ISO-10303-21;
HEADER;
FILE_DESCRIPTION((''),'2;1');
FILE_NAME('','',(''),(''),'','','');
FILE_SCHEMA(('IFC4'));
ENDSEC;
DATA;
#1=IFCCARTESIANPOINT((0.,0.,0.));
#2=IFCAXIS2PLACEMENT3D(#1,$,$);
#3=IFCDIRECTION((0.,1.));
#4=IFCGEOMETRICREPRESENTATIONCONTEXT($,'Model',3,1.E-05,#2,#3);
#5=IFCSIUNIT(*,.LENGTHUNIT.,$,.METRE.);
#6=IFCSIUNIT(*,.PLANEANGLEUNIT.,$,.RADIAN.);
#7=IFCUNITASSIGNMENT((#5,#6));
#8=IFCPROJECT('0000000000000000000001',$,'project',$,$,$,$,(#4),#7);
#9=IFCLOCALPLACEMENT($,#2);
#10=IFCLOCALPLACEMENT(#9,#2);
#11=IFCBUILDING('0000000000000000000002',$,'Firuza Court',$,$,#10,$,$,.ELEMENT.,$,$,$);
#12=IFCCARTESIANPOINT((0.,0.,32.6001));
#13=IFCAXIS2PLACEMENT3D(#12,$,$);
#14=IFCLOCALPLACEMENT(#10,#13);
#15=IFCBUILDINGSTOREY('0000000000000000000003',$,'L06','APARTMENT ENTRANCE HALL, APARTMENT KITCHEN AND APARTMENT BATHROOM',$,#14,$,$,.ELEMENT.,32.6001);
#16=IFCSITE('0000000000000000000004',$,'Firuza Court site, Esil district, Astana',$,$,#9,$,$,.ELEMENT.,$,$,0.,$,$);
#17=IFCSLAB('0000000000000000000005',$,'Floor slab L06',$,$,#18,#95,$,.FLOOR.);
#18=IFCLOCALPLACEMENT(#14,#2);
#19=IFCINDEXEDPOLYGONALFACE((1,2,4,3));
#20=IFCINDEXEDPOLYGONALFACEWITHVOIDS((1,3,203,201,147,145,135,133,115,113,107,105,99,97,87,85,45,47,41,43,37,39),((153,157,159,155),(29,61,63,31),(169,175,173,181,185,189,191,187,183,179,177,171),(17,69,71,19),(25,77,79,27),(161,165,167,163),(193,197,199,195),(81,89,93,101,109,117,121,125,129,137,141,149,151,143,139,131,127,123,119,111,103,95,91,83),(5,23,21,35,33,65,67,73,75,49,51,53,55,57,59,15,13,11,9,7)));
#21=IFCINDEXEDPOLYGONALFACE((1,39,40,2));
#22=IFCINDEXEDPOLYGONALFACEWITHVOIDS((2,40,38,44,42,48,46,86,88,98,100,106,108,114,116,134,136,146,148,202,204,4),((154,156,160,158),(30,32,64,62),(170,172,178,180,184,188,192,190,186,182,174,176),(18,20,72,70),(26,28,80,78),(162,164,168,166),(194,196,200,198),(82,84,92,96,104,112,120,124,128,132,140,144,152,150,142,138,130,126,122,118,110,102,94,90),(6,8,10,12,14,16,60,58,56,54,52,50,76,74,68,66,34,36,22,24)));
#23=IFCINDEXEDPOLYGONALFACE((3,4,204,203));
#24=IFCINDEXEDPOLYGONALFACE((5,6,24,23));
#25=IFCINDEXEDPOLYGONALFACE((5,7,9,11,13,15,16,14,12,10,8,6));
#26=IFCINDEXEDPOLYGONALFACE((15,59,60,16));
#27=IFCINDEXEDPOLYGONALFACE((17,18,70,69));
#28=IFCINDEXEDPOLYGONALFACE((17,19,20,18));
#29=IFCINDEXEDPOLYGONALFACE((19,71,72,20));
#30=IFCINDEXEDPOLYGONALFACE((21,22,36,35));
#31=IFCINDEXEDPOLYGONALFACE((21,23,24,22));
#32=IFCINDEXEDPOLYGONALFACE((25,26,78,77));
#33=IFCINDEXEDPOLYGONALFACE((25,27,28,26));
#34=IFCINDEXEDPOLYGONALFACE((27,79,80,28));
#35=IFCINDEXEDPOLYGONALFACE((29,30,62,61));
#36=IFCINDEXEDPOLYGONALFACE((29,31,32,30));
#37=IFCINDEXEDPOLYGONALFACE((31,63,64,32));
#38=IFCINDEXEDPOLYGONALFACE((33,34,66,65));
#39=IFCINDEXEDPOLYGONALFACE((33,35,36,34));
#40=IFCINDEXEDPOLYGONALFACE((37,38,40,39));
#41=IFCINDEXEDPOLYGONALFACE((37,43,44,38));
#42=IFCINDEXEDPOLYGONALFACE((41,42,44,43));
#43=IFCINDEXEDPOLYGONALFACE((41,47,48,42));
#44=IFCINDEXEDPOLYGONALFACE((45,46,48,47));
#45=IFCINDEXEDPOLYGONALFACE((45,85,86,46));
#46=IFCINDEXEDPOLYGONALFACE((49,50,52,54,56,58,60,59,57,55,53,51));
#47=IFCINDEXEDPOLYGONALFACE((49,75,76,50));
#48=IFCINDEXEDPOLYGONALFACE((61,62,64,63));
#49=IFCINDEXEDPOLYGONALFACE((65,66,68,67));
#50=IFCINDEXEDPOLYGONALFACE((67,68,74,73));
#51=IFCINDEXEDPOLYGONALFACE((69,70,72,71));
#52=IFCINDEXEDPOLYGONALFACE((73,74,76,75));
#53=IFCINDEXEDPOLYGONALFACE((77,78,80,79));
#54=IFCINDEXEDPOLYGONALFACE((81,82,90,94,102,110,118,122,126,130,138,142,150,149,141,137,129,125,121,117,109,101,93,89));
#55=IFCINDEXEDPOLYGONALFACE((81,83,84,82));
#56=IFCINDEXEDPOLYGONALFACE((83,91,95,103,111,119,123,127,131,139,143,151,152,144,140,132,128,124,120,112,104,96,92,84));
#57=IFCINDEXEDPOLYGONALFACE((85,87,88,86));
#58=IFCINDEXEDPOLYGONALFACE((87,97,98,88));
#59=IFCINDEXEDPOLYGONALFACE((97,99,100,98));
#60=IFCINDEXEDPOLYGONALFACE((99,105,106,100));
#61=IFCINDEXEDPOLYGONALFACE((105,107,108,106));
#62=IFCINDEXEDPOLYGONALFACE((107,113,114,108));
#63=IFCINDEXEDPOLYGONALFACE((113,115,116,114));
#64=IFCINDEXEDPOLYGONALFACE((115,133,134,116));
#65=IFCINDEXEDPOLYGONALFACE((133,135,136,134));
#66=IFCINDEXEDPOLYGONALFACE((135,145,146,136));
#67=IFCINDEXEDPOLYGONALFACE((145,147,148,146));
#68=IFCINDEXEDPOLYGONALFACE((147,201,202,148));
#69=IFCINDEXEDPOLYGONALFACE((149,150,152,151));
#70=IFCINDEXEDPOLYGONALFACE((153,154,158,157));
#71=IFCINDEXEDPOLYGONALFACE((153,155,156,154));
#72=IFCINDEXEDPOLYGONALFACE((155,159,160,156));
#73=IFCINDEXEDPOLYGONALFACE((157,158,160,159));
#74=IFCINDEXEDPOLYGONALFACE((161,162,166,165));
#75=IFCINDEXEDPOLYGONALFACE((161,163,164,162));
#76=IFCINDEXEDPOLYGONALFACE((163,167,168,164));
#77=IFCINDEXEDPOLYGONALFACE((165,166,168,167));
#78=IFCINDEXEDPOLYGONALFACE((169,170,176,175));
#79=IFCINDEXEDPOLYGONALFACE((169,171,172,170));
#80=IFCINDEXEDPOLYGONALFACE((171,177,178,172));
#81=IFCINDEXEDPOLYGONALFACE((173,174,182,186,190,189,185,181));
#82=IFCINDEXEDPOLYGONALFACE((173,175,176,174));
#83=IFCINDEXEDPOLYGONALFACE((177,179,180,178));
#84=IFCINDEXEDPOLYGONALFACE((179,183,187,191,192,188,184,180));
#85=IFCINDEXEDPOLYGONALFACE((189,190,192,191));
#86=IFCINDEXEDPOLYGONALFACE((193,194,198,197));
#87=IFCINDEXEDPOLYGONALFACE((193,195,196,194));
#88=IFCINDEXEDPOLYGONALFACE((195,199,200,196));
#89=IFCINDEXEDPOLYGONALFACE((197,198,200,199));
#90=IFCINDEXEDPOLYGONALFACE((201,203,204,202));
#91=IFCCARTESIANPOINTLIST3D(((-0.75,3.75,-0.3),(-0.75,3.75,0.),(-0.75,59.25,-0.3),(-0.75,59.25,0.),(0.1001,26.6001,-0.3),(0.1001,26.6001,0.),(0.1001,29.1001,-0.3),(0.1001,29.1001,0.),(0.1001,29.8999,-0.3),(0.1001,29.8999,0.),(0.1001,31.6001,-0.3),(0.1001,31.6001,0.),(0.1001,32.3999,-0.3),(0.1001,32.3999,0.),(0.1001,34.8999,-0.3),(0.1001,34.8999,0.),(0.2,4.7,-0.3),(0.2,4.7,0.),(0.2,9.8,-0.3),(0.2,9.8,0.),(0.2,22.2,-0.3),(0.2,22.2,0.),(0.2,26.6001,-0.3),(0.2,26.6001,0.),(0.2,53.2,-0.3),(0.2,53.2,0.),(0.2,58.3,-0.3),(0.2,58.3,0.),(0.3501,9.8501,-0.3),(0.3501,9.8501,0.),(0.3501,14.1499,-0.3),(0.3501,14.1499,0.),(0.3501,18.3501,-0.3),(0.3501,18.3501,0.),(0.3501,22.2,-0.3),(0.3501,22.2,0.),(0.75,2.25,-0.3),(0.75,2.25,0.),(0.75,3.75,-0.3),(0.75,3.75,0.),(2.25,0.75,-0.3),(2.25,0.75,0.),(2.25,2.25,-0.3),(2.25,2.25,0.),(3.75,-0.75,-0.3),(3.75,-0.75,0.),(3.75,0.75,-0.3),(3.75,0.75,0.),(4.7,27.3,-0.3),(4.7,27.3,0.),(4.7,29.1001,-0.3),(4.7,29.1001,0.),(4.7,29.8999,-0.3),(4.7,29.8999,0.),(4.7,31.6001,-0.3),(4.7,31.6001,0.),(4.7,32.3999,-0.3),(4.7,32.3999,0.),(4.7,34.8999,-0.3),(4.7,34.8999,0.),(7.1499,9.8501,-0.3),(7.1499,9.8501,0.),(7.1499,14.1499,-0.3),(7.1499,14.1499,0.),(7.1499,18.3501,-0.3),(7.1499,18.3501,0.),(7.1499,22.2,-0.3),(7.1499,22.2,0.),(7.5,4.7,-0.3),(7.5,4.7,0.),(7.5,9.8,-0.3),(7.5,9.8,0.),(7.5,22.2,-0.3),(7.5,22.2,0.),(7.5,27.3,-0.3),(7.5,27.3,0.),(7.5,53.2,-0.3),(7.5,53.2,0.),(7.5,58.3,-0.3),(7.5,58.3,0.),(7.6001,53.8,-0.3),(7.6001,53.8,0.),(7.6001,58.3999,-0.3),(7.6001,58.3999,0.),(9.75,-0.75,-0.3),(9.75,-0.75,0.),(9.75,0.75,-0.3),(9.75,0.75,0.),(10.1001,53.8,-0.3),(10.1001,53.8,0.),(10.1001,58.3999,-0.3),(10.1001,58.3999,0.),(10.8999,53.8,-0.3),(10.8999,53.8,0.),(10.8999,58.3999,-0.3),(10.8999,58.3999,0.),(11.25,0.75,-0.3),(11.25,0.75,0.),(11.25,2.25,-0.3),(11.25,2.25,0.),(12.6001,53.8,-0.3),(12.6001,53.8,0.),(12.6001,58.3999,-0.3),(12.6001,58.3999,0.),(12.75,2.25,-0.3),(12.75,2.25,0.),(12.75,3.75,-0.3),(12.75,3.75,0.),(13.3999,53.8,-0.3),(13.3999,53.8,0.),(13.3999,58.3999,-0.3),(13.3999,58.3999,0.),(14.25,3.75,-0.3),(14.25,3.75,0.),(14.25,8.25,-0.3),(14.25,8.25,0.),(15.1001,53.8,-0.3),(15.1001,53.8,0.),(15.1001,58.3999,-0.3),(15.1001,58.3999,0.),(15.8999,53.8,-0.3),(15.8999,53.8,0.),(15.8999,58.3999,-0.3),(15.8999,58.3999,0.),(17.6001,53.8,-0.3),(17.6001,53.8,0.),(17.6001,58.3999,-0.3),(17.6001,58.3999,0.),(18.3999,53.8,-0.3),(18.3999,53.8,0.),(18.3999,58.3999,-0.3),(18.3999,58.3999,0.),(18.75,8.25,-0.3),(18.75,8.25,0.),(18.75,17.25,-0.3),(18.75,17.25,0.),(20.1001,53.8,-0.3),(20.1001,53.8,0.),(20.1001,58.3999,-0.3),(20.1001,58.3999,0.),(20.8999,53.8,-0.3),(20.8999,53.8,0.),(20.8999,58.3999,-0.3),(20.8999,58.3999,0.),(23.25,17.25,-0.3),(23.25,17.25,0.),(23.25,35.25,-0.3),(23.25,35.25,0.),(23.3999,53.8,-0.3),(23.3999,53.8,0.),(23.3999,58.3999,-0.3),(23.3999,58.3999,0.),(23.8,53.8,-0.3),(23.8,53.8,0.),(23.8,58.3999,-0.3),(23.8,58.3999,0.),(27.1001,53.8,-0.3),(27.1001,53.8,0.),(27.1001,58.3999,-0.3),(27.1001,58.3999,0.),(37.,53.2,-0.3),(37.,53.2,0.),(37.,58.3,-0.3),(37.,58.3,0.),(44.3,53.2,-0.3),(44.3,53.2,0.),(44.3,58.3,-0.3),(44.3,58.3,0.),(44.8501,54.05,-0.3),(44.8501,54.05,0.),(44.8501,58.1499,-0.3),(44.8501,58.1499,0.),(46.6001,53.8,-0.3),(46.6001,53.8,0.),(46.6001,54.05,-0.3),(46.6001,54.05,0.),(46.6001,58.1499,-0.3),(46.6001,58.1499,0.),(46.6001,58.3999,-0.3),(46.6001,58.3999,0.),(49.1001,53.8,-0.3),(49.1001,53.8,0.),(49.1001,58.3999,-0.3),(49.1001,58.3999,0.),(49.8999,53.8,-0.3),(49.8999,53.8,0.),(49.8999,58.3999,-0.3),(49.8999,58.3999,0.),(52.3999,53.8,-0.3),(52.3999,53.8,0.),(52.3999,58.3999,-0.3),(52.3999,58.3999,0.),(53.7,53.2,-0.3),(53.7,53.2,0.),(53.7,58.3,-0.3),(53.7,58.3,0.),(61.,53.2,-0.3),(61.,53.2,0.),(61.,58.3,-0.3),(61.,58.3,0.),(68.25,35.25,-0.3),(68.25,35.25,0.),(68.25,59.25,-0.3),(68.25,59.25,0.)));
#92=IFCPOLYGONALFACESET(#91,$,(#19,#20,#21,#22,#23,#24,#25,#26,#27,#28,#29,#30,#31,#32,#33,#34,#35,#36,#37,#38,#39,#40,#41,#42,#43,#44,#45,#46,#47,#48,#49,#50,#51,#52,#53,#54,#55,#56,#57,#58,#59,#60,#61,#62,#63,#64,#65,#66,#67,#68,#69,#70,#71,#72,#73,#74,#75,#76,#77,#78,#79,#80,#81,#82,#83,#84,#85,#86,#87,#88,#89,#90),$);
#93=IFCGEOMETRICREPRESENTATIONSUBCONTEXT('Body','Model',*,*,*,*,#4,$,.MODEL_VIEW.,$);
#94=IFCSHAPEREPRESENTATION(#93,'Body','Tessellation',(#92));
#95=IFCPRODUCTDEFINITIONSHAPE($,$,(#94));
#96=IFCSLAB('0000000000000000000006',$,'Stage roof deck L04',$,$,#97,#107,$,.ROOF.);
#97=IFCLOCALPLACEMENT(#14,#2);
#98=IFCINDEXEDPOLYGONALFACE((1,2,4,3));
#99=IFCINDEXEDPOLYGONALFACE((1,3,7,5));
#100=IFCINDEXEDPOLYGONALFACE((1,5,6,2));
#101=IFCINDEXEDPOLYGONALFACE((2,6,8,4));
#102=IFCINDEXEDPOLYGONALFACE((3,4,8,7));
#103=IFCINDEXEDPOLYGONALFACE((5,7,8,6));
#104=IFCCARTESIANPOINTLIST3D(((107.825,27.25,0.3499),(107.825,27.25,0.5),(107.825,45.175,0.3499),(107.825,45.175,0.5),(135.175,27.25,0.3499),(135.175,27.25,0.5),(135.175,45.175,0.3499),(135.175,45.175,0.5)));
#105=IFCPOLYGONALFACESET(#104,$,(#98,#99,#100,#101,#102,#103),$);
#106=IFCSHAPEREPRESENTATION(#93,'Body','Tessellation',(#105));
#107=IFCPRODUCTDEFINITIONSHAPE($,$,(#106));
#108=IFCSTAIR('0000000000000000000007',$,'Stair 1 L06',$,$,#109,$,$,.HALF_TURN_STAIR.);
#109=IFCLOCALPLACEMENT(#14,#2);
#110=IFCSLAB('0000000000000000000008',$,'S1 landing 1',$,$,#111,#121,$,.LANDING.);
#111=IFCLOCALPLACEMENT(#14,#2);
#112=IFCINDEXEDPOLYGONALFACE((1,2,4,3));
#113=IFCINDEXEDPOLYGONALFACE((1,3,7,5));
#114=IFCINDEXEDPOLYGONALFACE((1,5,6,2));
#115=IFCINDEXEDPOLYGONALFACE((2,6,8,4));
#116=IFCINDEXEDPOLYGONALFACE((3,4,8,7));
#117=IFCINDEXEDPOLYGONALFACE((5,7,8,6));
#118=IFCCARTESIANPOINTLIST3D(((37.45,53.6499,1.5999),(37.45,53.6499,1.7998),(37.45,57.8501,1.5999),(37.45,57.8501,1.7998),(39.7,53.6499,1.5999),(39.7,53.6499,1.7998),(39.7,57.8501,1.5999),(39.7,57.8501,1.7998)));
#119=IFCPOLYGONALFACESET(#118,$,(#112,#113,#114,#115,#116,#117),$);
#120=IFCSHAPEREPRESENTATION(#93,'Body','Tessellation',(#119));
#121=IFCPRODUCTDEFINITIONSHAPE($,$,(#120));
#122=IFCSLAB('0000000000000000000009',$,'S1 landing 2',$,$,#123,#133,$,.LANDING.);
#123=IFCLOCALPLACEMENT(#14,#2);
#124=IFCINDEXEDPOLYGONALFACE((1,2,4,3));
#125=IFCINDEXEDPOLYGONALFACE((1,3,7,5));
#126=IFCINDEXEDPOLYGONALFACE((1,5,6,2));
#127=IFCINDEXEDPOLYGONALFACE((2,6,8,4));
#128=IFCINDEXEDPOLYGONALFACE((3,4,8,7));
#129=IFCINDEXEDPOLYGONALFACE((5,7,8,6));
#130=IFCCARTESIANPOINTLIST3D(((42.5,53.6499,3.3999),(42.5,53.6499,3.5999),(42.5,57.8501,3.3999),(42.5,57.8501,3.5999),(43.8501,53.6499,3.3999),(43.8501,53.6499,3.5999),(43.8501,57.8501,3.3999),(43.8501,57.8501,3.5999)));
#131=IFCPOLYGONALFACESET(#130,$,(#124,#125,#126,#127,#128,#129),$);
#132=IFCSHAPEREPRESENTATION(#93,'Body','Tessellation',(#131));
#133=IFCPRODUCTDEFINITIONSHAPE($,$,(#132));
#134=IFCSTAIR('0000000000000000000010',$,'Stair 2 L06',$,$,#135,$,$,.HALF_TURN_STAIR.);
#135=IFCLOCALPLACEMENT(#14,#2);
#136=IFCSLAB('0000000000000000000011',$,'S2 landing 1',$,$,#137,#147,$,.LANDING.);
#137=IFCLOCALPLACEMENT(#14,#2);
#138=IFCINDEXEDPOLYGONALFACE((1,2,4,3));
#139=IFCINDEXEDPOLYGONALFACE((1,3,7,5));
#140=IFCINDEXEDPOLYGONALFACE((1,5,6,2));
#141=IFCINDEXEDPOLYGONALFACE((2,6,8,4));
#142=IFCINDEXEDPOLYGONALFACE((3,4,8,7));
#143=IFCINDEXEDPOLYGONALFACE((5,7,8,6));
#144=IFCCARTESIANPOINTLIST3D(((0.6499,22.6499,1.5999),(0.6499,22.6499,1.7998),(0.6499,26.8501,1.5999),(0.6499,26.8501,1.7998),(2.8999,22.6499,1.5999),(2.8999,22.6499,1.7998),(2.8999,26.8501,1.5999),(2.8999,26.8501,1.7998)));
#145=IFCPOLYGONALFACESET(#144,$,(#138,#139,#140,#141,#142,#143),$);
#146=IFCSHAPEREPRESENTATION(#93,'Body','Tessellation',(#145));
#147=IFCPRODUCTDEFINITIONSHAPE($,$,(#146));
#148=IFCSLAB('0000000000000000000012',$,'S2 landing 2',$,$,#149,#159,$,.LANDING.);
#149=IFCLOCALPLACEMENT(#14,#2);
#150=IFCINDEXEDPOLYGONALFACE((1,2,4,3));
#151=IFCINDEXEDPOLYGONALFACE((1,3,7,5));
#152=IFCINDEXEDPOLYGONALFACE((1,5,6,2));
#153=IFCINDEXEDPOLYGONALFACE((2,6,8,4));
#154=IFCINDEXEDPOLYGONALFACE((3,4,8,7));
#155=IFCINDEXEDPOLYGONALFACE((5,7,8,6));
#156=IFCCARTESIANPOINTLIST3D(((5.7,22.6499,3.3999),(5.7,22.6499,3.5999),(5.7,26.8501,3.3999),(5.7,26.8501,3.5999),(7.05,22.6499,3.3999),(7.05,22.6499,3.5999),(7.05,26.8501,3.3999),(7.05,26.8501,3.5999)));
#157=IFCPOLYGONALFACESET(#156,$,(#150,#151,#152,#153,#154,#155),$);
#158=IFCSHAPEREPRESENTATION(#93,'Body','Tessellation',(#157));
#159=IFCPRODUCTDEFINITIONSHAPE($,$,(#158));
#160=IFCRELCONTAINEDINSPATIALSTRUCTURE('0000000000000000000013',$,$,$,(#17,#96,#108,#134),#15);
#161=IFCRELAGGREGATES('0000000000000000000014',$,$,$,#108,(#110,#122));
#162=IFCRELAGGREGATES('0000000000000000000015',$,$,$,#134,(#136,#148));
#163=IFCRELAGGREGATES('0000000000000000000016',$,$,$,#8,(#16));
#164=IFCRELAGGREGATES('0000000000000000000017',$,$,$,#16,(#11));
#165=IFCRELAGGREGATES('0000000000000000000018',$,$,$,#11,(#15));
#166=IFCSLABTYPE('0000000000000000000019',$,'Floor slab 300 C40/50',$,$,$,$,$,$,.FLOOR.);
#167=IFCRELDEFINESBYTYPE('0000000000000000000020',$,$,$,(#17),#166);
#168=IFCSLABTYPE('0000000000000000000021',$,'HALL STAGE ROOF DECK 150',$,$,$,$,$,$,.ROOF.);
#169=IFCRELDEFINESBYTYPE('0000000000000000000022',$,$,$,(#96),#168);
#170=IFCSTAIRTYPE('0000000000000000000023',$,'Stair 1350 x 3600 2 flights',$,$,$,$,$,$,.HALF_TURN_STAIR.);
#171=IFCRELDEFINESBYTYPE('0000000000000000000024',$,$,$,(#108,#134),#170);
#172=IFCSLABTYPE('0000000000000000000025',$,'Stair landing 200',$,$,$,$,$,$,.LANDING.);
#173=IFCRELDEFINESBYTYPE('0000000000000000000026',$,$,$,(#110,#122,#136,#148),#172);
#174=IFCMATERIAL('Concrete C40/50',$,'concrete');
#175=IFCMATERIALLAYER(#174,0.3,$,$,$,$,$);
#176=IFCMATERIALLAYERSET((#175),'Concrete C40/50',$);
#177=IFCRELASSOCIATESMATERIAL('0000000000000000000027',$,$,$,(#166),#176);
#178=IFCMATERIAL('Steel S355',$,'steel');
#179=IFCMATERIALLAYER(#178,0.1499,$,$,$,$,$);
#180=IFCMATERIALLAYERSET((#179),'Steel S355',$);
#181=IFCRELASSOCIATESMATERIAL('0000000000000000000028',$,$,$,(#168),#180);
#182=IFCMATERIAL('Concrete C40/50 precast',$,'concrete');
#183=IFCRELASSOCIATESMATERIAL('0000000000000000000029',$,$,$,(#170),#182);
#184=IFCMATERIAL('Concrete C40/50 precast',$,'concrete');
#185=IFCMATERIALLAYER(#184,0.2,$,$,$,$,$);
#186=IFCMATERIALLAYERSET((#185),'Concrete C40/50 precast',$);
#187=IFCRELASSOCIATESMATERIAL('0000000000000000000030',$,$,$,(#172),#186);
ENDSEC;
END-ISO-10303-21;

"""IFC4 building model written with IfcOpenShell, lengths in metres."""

from ifc_helpers import new_model, si_unit, direction, frame, origin, place, context, subcontext, project, spatial, polyline, outline, extrude, material, layer, layer_set, type_object, element, aggregate, save


model = new_model("IFC4")

# Units and contexts
model_context = context("Model", 3, precision=1e-05, world=origin(), true_north=direction((0.0, 1.0)))
body_context = subcontext(model_context, "Body", "Model", "MODEL_VIEW")
ifc_project = project(units=[si_unit("LENGTHUNIT", "METRE"), si_unit("PLANEANGLEUNIT", "RADIAN")], contexts=[model_context])

# Site, building, storey
site_placement = place(None, origin())
site = spatial("IfcSite", under=ifc_project, at=site_placement, Name="Firuza Court site, Esil district, Astana", CompositionType="ELEMENT", RefElevation=0.0)
building_placement = place(site_placement, origin())
building = spatial("IfcBuilding", under=site, at=building_placement, Name="Firuza Court", CompositionType="ELEMENT")
storey_placement = place(building_placement, frame((0.0, 0.0, 32.6001)))
storey = spatial("IfcBuildingStorey", under=building, at=storey_placement, Name="L06", Description="APARTMENT ENTRANCE HALL, APARTMENT KITCHEN AND APARTMENT BATHROOM", CompositionType="ELEMENT", Elevation=32.6001)

# Slabs
ifc_material_1 = material(Name="Concrete C40/50", Category="concrete")
ifc_layer_1 = layer(ifc_material_1, 0.3)
ifc_layer_set_1 = layer_set([ifc_layer_1], Name="Concrete C40/50")
slab_type_1 = type_object("IfcSlabType", Name="Floor slab 300 C40/50", PredefinedType="FLOOR", material=ifc_layer_set_1)
slab_1_placement = place(storey_placement, frame((0.0, 0.0, -0.3)))
element("IfcSlab", 1, at=slab_1_placement, inside=storey, type_object=slab_type_1, Name="Floor slab L06", PredefinedType="FLOOR", context=body_context, shape_type="SweptSolid", body=[
    extrude(outline(polyline([(3.75, -0.75), (3.75, 0.75), (2.25, 0.75), (2.25, 2.25), (0.75, 2.25), (0.75, 3.75), (-0.75, 3.75), (-0.75, 59.25), (68.25, 59.25), (68.25, 35.25), (23.25, 35.25), (23.25, 17.25), (18.75, 17.25), (18.75, 8.25), (14.25, 8.25), (14.25, 3.75), (12.75, 3.75), (12.75, 2.25), (11.25, 2.25), (11.25, 0.75), (9.75, 0.75), (9.75, -0.75), (3.75, -0.75)]), holes=[polyline([(7.5, 9.8), (0.2, 9.8), (0.2, 4.7), (7.5, 4.7), (7.5, 9.8)]), polyline([(7.1499, 14.1499), (0.3501, 14.1499), (0.3501, 9.8501), (7.1499, 9.8501), (7.1499, 14.1499)]), polyline([(0.2, 22.2), (0.3501, 22.2), (0.3501, 18.3501), (7.1499, 18.3501), (7.1499, 22.2), (7.5, 22.2), (7.5, 27.3), (4.7, 27.3), (4.7, 29.1001), (4.7, 29.8999), (4.7, 31.6001), (4.7, 32.3999), (4.7, 34.8999), (0.1001, 34.8999), (0.1001, 32.3999), (0.1001, 31.6001), (0.1001, 29.8999), (0.1001, 29.1001), (0.1001, 26.6001), (0.2, 26.6001), (0.2, 22.2)]), polyline([(7.5, 58.3), (0.2, 58.3), (0.2, 53.2), (7.5, 53.2), (7.5, 58.3)]), polyline([(10.1001, 58.3999), (7.6001, 58.3999), (7.6001, 53.8), (10.1001, 53.8), (10.8999, 53.8), (12.6001, 53.8), (13.3999, 53.8), (15.1001, 53.8), (15.8999, 53.8), (17.6001, 53.8), (18.3999, 53.8), (20.1001, 53.8), (20.8999, 53.8), (23.3999, 53.8), (23.3999, 58.3999), (20.8999, 58.3999), (20.1001, 58.3999), (18.3999, 58.3999), (17.6001, 58.3999), (15.8999, 58.3999), (15.1001, 58.3999), (13.3999, 58.3999), (12.6001, 58.3999), (10.8999, 58.3999), (10.1001, 58.3999)]), polyline([(44.3, 58.3), (37.0, 58.3), (37.0, 53.2), (44.3, 53.2), (44.3, 58.3)]), polyline([(61.0, 58.3), (53.7, 58.3), (53.7, 53.2), (61.0, 53.2), (61.0, 58.3)]), polyline([(27.1001, 58.3999), (23.8, 58.3999), (23.8, 53.8), (27.1001, 53.8), (27.1001, 58.3999)]), polyline([(46.6001, 58.1499), (44.8501, 58.1499), (44.8501, 54.05), (46.6001, 54.05), (46.6001, 53.8), (49.1001, 53.8), (49.8999, 53.8), (52.3999, 53.8), (52.3999, 58.3999), (49.8999, 58.3999), (49.1001, 58.3999), (46.6001, 58.3999), (46.6001, 58.1499)])]), origin(), (0.0, 0.0, 1.0), 0.3),
])
ifc_material_2 = material(Name="Steel S355", Category="steel")
ifc_layer_2 = layer(ifc_material_2, 0.1499)
ifc_layer_set_2 = layer_set([ifc_layer_2], Name="Steel S355")
slab_type_2 = type_object("IfcSlabType", Name="HALL STAGE ROOF DECK 150", PredefinedType="ROOF", material=ifc_layer_set_2)
slab_2_placement = place(storey_placement, frame((0.0, 0.0, 0.3499)))
element("IfcSlab", 2, at=slab_2_placement, inside=storey, type_object=slab_type_2, Name="Stage roof deck L04", PredefinedType="ROOF", context=body_context, shape_type="SweptSolid", body=[
    extrude(outline(polyline([(135.175, 27.25), (135.175, 45.175), (107.825, 45.175), (107.825, 27.25), (135.175, 27.25)])), origin(), (0.0, 0.0, 1.0), 0.1501),
])

# Stairs, slabs
ifc_material_3 = material(Name="Concrete C40/50 precast", Category="concrete")
stair_type = type_object("IfcStairType", Name="Stair 1350 x 3600 2 flights", PredefinedType="HALF_TURN_STAIR", material=ifc_material_3)
stair_1_placement = place(storey_placement, origin())
stair_1 = element("IfcStair", 3, at=stair_1_placement, inside=storey, type_object=stair_type, Name="Stair 1 L06", PredefinedType="HALF_TURN_STAIR")
ifc_material_4 = material(Name="Concrete C40/50 precast", Category="concrete")
ifc_layer_3 = layer(ifc_material_4, 0.2)
ifc_layer_set_3 = layer_set([ifc_layer_3], Name="Concrete C40/50 precast")
slab_type_3 = type_object("IfcSlabType", Name="Stair landing 200", PredefinedType="LANDING", material=ifc_layer_set_3)
slab_3_placement = place(storey_placement, frame((0.0, 0.0, 1.5999)))
slab_3 = element("IfcSlab", 4, at=slab_3_placement, type_object=slab_type_3, Name="S1 landing 1", PredefinedType="LANDING", context=body_context, shape_type="SweptSolid", body=[
    extrude(outline(polyline([(39.7, 53.6499), (39.7, 57.8501), (37.45, 57.8501), (37.45, 53.6499), (39.7, 53.6499)])), origin(), (0.0, 0.0, 1.0), 0.2),
])
slab_4_placement = place(storey_placement, frame((0.0, 0.0, 3.3999)))
slab_4 = element("IfcSlab", 5, at=slab_4_placement, type_object=slab_type_3, Name="S1 landing 2", PredefinedType="LANDING", context=body_context, shape_type="SweptSolid", body=[
    extrude(outline(polyline([(43.8501, 53.6499), (43.8501, 57.8501), (42.5, 57.8501), (42.5, 53.6499), (43.8501, 53.6499)])), origin(), (0.0, 0.0, 1.0), 0.2),
])
aggregate(stair_1, [slab_3, slab_4])
stair_2_placement = place(storey_placement, origin())
stair_2 = element("IfcStair", 6, at=stair_2_placement, inside=storey, type_object=stair_type, Name="Stair 2 L06", PredefinedType="HALF_TURN_STAIR")
slab_5_placement = place(storey_placement, frame((0.0, 0.0, 1.5999)))
slab_5 = element("IfcSlab", 7, at=slab_5_placement, type_object=slab_type_3, Name="S2 landing 1", PredefinedType="LANDING", context=body_context, shape_type="SweptSolid", body=[
    extrude(outline(polyline([(2.8999, 22.6499), (2.8999, 26.8501), (0.6499, 26.8501), (0.6499, 22.6499), (2.8999, 22.6499)])), origin(), (0.0, 0.0, 1.0), 0.2),
])
slab_6_placement = place(storey_placement, frame((0.0, 0.0, 3.3999)))
slab_6 = element("IfcSlab", 8, at=slab_6_placement, type_object=slab_type_3, Name="S2 landing 2", PredefinedType="LANDING", context=body_context, shape_type="SweptSolid", body=[
    extrude(outline(polyline([(7.05, 22.6499), (7.05, 26.8501), (5.7, 26.8501), (5.7, 22.6499), (7.05, 22.6499)])), origin(), (0.0, 0.0, 1.0), 0.2),
])
aggregate(stair_2, [slab_5, slab_6])

save(model, "model.ifc")
